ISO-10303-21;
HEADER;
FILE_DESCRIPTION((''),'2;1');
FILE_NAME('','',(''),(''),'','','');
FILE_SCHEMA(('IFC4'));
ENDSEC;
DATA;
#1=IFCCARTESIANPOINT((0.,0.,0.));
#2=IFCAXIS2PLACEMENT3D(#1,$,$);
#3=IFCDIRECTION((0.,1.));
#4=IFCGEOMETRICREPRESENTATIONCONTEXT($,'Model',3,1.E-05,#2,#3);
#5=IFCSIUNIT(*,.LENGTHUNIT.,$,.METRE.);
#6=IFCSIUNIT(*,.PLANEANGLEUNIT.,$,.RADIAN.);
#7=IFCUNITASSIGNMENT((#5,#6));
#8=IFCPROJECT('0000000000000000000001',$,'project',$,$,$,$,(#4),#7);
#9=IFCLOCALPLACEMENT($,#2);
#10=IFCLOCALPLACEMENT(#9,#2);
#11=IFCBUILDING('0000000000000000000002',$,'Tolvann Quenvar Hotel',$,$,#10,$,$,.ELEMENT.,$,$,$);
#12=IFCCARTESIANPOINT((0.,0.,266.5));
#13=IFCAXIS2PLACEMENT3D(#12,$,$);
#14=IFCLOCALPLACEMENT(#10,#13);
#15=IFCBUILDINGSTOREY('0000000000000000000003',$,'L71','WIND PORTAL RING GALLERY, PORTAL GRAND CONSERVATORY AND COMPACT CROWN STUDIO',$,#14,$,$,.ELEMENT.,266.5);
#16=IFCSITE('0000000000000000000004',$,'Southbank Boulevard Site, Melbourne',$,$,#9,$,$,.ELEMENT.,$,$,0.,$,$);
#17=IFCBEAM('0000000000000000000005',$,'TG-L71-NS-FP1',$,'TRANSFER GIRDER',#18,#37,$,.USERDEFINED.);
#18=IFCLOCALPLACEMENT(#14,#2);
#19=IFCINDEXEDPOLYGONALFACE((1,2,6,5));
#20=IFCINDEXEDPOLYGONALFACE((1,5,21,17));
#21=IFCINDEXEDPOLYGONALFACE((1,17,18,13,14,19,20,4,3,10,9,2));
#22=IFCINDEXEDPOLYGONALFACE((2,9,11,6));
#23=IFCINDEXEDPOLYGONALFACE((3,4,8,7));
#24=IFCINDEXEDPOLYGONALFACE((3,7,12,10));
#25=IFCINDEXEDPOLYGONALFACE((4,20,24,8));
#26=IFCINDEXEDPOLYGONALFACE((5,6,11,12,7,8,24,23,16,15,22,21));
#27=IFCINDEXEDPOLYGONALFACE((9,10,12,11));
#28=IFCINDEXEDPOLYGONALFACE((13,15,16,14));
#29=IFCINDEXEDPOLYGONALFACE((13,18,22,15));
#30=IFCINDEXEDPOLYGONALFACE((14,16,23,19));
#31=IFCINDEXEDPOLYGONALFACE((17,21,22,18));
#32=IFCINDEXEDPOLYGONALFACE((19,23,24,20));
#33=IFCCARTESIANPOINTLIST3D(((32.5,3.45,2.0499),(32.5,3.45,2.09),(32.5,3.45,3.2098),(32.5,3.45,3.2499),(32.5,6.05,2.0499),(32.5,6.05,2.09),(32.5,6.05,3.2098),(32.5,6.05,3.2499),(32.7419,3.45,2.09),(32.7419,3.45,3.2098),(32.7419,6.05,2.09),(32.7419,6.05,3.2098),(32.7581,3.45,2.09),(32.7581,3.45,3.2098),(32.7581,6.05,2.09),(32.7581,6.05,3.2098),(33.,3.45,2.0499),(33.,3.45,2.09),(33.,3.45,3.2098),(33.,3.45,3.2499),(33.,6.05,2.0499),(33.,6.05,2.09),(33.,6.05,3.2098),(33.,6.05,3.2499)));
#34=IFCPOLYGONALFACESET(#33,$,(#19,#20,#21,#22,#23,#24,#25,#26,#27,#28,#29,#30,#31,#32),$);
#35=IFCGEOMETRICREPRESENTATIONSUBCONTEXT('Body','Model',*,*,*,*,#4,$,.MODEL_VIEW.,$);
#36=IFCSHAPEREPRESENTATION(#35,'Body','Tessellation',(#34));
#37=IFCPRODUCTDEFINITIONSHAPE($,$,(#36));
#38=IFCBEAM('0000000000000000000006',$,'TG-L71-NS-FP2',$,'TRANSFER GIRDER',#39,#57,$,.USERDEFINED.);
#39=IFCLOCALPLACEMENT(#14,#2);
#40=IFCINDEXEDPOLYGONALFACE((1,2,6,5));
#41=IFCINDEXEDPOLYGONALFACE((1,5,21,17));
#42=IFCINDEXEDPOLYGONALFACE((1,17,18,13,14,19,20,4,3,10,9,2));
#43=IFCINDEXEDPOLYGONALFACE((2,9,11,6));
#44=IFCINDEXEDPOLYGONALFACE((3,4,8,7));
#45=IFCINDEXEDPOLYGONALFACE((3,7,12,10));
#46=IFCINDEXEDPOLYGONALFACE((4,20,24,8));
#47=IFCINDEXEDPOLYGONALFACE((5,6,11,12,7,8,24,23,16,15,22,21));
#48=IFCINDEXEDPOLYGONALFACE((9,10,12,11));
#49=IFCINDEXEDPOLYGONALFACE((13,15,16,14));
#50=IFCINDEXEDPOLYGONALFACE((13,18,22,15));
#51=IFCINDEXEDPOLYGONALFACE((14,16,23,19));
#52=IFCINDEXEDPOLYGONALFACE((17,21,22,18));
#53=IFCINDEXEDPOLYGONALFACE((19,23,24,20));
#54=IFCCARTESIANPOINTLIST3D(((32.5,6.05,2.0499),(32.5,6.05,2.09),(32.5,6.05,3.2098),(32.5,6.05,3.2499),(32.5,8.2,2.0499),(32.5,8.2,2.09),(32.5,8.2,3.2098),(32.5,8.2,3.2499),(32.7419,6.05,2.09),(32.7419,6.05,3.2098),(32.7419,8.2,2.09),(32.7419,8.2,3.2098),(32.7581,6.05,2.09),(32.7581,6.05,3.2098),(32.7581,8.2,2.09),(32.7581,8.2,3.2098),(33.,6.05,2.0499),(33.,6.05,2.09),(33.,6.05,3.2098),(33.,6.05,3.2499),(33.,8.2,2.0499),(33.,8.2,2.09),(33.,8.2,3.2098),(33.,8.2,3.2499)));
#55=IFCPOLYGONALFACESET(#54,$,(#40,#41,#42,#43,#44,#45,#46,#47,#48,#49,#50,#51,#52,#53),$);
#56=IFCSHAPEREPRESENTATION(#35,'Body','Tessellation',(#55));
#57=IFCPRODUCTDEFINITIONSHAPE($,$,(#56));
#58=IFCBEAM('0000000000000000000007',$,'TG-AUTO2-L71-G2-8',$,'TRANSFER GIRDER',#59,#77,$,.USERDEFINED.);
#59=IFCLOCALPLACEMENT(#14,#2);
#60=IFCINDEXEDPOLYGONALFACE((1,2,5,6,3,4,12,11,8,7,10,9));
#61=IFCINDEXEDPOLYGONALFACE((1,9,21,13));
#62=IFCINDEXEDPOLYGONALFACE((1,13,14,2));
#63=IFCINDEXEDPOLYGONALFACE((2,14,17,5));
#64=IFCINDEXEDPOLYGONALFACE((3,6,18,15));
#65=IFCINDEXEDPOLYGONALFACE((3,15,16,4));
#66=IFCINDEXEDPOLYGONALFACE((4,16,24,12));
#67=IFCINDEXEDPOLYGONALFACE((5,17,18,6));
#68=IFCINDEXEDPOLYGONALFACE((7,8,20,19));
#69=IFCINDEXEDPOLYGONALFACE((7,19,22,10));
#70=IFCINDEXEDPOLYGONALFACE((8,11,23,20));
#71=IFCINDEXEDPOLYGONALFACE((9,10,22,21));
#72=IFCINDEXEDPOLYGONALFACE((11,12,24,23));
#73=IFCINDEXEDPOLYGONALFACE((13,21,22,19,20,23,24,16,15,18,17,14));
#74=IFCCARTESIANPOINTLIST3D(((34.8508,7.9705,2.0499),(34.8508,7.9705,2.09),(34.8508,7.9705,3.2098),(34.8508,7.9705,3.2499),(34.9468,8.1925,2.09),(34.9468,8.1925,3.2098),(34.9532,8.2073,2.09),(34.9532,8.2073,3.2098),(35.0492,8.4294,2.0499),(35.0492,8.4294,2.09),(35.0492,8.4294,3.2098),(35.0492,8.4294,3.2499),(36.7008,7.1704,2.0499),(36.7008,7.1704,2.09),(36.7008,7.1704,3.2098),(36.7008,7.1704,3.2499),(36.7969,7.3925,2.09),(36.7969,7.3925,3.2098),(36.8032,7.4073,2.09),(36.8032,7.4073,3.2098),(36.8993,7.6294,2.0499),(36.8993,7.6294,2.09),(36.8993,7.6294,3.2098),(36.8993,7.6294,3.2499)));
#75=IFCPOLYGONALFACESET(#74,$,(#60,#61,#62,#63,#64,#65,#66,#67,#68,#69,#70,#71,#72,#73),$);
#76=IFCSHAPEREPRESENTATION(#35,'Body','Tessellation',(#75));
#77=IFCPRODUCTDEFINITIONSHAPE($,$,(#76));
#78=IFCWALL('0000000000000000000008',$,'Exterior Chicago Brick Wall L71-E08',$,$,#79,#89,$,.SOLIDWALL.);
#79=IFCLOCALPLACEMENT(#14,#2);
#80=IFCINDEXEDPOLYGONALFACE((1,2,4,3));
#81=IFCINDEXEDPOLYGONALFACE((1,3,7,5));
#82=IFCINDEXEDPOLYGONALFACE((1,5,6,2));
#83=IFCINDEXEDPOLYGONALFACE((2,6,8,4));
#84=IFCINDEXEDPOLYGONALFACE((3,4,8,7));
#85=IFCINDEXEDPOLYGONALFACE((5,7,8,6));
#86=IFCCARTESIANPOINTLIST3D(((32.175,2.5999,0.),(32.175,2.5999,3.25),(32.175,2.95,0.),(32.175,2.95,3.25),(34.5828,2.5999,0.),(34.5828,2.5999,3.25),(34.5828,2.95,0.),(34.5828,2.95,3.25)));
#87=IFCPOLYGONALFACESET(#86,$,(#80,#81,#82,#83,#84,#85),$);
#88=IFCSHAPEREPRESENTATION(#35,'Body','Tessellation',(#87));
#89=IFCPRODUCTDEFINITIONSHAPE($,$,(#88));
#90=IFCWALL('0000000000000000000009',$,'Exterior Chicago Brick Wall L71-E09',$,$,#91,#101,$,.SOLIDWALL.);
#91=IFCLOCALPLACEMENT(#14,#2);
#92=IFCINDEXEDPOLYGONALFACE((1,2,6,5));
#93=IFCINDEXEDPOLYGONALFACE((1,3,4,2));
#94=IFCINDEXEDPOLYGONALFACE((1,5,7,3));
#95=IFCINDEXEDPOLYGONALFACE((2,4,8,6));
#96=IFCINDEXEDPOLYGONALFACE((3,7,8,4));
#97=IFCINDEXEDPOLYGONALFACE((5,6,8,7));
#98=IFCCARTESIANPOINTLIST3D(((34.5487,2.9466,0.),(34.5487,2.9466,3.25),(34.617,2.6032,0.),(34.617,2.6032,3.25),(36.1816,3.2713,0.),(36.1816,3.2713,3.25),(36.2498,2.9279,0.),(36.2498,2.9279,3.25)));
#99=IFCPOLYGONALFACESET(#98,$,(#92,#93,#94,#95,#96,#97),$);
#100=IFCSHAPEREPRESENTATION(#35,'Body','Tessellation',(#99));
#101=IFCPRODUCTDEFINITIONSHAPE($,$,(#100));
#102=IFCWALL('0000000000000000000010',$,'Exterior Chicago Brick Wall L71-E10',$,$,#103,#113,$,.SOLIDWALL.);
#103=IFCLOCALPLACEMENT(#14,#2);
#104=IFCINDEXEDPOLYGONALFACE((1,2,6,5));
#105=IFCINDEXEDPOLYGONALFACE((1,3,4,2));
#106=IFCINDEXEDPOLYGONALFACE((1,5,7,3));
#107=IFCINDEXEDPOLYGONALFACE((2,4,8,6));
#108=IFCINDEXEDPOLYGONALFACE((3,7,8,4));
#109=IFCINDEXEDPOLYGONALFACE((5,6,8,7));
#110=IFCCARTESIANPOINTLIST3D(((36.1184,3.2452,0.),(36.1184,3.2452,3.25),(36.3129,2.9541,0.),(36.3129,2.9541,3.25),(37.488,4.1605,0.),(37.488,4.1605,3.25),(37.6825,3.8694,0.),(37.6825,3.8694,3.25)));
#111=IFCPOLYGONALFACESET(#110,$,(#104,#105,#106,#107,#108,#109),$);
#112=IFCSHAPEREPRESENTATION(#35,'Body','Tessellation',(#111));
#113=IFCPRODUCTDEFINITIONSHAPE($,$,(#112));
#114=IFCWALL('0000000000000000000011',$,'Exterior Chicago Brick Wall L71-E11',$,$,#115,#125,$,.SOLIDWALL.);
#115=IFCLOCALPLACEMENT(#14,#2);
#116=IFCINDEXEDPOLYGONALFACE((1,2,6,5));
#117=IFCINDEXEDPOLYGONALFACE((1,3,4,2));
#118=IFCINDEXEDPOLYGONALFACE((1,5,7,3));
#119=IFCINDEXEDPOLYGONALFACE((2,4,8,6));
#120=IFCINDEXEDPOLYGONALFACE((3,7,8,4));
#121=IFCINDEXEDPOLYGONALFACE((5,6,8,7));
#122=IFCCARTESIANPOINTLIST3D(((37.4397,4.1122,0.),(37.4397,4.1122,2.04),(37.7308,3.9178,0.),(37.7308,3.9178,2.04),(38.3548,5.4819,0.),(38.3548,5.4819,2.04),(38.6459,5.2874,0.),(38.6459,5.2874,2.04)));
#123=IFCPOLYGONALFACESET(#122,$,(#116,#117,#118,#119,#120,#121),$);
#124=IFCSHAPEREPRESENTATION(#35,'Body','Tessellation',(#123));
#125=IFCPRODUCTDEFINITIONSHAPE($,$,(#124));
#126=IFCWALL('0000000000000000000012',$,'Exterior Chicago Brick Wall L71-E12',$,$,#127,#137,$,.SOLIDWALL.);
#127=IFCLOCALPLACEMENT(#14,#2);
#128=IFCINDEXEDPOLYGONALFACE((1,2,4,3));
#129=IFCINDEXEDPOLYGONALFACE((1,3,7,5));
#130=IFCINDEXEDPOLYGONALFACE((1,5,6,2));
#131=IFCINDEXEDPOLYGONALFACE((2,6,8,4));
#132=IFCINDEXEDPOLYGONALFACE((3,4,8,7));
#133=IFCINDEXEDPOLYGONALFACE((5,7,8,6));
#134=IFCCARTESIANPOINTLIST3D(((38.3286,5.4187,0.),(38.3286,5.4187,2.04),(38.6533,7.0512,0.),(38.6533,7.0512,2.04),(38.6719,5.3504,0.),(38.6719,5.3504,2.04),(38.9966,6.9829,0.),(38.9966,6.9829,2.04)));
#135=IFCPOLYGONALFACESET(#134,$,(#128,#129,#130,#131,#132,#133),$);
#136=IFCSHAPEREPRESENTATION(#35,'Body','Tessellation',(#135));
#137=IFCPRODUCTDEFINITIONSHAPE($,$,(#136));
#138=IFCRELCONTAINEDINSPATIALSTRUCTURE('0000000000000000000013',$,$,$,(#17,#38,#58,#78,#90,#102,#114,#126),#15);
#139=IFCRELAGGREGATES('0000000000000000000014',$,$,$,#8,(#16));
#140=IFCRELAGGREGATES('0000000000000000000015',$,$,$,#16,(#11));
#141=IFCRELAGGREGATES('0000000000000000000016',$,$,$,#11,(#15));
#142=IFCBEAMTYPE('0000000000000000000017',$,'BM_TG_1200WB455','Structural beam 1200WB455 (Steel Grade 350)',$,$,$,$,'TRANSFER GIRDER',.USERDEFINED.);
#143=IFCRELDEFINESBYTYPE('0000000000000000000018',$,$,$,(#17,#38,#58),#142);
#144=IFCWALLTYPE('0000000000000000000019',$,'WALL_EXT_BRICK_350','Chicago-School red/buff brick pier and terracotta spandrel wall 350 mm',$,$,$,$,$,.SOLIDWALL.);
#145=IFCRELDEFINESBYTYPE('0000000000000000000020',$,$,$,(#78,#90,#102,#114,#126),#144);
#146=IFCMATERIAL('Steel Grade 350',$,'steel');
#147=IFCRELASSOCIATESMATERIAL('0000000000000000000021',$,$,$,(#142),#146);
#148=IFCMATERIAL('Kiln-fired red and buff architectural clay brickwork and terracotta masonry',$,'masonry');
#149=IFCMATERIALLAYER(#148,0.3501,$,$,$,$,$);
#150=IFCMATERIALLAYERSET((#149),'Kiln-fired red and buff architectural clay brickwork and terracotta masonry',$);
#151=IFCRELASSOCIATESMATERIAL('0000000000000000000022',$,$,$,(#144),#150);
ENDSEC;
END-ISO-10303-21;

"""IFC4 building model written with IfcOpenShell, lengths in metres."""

from ifc_helpers import new_model, si_unit, direction, frame, frame_2d, origin, origin_2d, place, context, subcontext, project, spatial, rectangle, i_section, extrude, source, transform, mapped, material, layer, layer_set, material_profile, profile_set, type_object, element, save


model = new_model("IFC4")

# Units and contexts
model_context = context("Model", 3, precision=1e-05, world=origin(), true_north=direction((0.0, 1.0)))
body_context = subcontext(model_context, "Body", "Model", "MODEL_VIEW")
ifc_project = project(units=[si_unit("LENGTHUNIT", "METRE"), si_unit("PLANEANGLEUNIT", "RADIAN")], contexts=[model_context])

# Site, building, storey
site_placement = place(None, origin())
site = spatial("IfcSite", under=ifc_project, at=site_placement, Name="Southbank Boulevard Site, Melbourne", CompositionType="ELEMENT", RefElevation=0.0)
building_placement = place(site_placement, origin())
building = spatial("IfcBuilding", under=site, at=building_placement, Name="Tolvann Quenvar Hotel", CompositionType="ELEMENT")
storey_placement = place(building_placement, frame((0.0, 0.0, 266.5)))
storey = spatial("IfcBuildingStorey", under=building, at=storey_placement, Name="L71", Description="WIND PORTAL RING GALLERY, PORTAL GRAND CONSERVATORY AND COMPACT CROWN STUDIO", CompositionType="ELEMENT", Elevation=266.5)

# Shared definitions
ifc_material_1 = material(Name="Steel Grade 350", Category="steel")

# Beams
ifc_material_profile_1 = material_profile(ifc_material_1, i_section(OverallWidth=0.5, OverallDepth=1.2, WebThickness=0.0161, FlangeThickness=0.04, at=origin_2d()), Name="1200WB455")
ifc_profile_set_1 = profile_set([ifc_material_profile_1], Name="Steel Grade 350")
beam_type = type_object("IfcBeamType", Name="BM_TG_1200WB455", Description="Structural beam 1200WB455 (Steel Grade 350)", ElementType="TRANSFER GIRDER", PredefinedType="USERDEFINED", material=ifc_profile_set_1)
shared_shape_1 = source(origin(), body_context, "Body", "SweptSolid", [
    extrude(i_section(OverallWidth=0.5, OverallDepth=1.2, WebThickness=0.0161, FlangeThickness=0.04, at=origin_2d()), origin(), (0.0, 0.0, 1.0), 2.6001),
])
beam_1_placement = place(storey_placement, frame((32.75, 3.45, 2.6499), z_axis=(0.0, 1.0, 0.0), x_axis=(-1.0, 0.0, 0.0)))
element("IfcBeam", 1, at=beam_1_placement, inside=storey, type_object=beam_type, Name="TG-L71-NS-FP1", ObjectType="TRANSFER GIRDER", PredefinedType="USERDEFINED", context=body_context, shape_type="MappedRepresentation", body=[
    mapped(shared_shape_1, transform((0.0, 0.0, 0.0), x_axis=(1.0, 0.0, 0.0), y_axis=(0.0, 1.0, 0.0), z_axis=(0.0, 0.0, 1.0), scale=1.0)),
])
shared_shape_2 = source(origin(), body_context, "Body", "SweptSolid", [
    extrude(i_section(OverallWidth=0.5, OverallDepth=1.2, WebThickness=0.0161, FlangeThickness=0.04, at=origin_2d()), origin(), (0.0, 0.0, 1.0), 2.1499),
])
beam_2_placement = place(storey_placement, frame((32.75, 6.05, 2.6499), z_axis=(0.0, 1.0, 0.0), x_axis=(-1.0, 0.0, 0.0)))
element("IfcBeam", 2, at=beam_2_placement, inside=storey, type_object=beam_type, Name="TG-L71-NS-FP2", ObjectType="TRANSFER GIRDER", PredefinedType="USERDEFINED", context=body_context, shape_type="MappedRepresentation", body=[
    mapped(shared_shape_2, transform((0.0, 0.0, 0.0), x_axis=(1.0, 0.0, 0.0), y_axis=(0.0, 1.0, 0.0), z_axis=(0.0, 0.0, 1.0), scale=1.0)),
])
shared_shape_3 = source(origin(), body_context, "Body", "SweptSolid", [
    extrude(i_section(OverallWidth=0.5, OverallDepth=1.2, WebThickness=0.0161, FlangeThickness=0.04, at=origin_2d()), origin(), (0.0, 0.0, 1.0), 2.0156),
])
beam_3_placement = place(storey_placement, frame((36.8, 7.3999, 2.6499), z_axis=(-0.917856, 0.396914, 0.0), x_axis=(-0.396914, -0.917856, 0.0)))
element("IfcBeam", 3, at=beam_3_placement, inside=storey, type_object=beam_type, Name="TG-AUTO2-L71-G2-8", ObjectType="TRANSFER GIRDER", PredefinedType="USERDEFINED", context=body_context, shape_type="MappedRepresentation", body=[
    mapped(shared_shape_3, transform((0.0, 0.0, 0.0), x_axis=(1.0, 0.0, 0.0), y_axis=(0.0, 1.0, 0.0), z_axis=(0.0, 0.0, 1.0), scale=1.0)),
])

# Walls
ifc_material_2 = material(Name="Kiln-fired red and buff architectural clay brickwork and terracotta masonry", Category="masonry")
ifc_layer = layer(ifc_material_2, 0.3501)
ifc_layer_set = layer_set([ifc_layer], Name="Kiln-fired red and buff architectural clay brickwork and terracotta masonry")
wall_type = type_object("IfcWallType", Name="WALL_EXT_BRICK_350", Description="Chicago-School red/buff brick pier and terracotta spandrel wall 350 mm", PredefinedType="SOLIDWALL", material=ifc_layer_set)
wall_1_placement = place(storey_placement, frame((32.175, 2.7749, 0.0), z_axis=(0.0, 0.0, 1.0), x_axis=(1.0, 0.0, 0.0)))
element("IfcWall", 4, at=wall_1_placement, inside=storey, type_object=wall_type, Name="Exterior Chicago Brick Wall L71-E08", PredefinedType="SOLIDWALL", context=body_context, shape_type="SweptSolid", body=[
    extrude(rectangle(XDim=2.4077, YDim=0.3501, at=frame_2d((1.2039, 0.0))), origin(), (0.0, 0.0, 1.0), 3.25),
])
wall_2_placement = place(storey_placement, frame((34.5828, 2.7749, 0.0), z_axis=(0.0, 0.0, 1.0), x_axis=(0.980794, 0.195044, 0.0)))
element("IfcWall", 5, at=wall_2_placement, inside=storey, type_object=wall_type, Name="Exterior Chicago Brick Wall L71-E09", PredefinedType="SOLIDWALL", context=body_context, shape_type="SweptSolid", body=[
    extrude(rectangle(XDim=1.6648, YDim=0.3501, at=frame_2d((0.8325, 0.0))), origin(), (0.0, 0.0, 1.0), 3.25),
])
wall_3_placement = place(storey_placement, frame((36.2156, 3.0996, 0.0), z_axis=(0.0, 0.0, 1.0), x_axis=(0.831434, 0.555623, 0.0)))
element("IfcWall", 6, at=wall_3_placement, inside=storey, type_object=wall_type, Name="Exterior Chicago Brick Wall L71-E10", PredefinedType="SOLIDWALL", context=body_context, shape_type="SweptSolid", body=[
    extrude(rectangle(XDim=1.6472, YDim=0.3501, at=frame_2d((0.8237, 0.0))), origin(), (0.0, 0.0, 1.0), 3.25),
])
wall_4_placement = place(storey_placement, frame((37.5852, 4.0149, 0.0), z_axis=(0.0, 0.0, 1.0), x_axis=(0.555521, 0.831503, 0.0)))
element("IfcWall", 7, at=wall_4_placement, inside=storey, type_object=wall_type, Name="Exterior Chicago Brick Wall L71-E11", PredefinedType="SOLIDWALL", context=body_context, shape_type="SweptSolid", body=[
    extrude(rectangle(XDim=1.6472, YDim=0.3501, at=frame_2d((0.8237, 0.0))), origin(), (0.0, 0.0, 1.0), 2.04),
])
wall_5_placement = place(storey_placement, frame((38.5002, 5.3845, 0.0), z_axis=(0.0, 0.0, 1.0), x_axis=(0.195072, 0.980789, 0.0)))
element("IfcWall", 8, at=wall_5_placement, inside=storey, type_object=wall_type, Name="Exterior Chicago Brick Wall L71-E12", PredefinedType="SOLIDWALL", context=body_context, shape_type="SweptSolid", body=[
    extrude(rectangle(XDim=1.6646, YDim=0.3501, at=frame_2d((0.8323, 0.0))), origin(), (0.0, 0.0, 1.0), 2.04),
])

save(model, "model.ifc")
